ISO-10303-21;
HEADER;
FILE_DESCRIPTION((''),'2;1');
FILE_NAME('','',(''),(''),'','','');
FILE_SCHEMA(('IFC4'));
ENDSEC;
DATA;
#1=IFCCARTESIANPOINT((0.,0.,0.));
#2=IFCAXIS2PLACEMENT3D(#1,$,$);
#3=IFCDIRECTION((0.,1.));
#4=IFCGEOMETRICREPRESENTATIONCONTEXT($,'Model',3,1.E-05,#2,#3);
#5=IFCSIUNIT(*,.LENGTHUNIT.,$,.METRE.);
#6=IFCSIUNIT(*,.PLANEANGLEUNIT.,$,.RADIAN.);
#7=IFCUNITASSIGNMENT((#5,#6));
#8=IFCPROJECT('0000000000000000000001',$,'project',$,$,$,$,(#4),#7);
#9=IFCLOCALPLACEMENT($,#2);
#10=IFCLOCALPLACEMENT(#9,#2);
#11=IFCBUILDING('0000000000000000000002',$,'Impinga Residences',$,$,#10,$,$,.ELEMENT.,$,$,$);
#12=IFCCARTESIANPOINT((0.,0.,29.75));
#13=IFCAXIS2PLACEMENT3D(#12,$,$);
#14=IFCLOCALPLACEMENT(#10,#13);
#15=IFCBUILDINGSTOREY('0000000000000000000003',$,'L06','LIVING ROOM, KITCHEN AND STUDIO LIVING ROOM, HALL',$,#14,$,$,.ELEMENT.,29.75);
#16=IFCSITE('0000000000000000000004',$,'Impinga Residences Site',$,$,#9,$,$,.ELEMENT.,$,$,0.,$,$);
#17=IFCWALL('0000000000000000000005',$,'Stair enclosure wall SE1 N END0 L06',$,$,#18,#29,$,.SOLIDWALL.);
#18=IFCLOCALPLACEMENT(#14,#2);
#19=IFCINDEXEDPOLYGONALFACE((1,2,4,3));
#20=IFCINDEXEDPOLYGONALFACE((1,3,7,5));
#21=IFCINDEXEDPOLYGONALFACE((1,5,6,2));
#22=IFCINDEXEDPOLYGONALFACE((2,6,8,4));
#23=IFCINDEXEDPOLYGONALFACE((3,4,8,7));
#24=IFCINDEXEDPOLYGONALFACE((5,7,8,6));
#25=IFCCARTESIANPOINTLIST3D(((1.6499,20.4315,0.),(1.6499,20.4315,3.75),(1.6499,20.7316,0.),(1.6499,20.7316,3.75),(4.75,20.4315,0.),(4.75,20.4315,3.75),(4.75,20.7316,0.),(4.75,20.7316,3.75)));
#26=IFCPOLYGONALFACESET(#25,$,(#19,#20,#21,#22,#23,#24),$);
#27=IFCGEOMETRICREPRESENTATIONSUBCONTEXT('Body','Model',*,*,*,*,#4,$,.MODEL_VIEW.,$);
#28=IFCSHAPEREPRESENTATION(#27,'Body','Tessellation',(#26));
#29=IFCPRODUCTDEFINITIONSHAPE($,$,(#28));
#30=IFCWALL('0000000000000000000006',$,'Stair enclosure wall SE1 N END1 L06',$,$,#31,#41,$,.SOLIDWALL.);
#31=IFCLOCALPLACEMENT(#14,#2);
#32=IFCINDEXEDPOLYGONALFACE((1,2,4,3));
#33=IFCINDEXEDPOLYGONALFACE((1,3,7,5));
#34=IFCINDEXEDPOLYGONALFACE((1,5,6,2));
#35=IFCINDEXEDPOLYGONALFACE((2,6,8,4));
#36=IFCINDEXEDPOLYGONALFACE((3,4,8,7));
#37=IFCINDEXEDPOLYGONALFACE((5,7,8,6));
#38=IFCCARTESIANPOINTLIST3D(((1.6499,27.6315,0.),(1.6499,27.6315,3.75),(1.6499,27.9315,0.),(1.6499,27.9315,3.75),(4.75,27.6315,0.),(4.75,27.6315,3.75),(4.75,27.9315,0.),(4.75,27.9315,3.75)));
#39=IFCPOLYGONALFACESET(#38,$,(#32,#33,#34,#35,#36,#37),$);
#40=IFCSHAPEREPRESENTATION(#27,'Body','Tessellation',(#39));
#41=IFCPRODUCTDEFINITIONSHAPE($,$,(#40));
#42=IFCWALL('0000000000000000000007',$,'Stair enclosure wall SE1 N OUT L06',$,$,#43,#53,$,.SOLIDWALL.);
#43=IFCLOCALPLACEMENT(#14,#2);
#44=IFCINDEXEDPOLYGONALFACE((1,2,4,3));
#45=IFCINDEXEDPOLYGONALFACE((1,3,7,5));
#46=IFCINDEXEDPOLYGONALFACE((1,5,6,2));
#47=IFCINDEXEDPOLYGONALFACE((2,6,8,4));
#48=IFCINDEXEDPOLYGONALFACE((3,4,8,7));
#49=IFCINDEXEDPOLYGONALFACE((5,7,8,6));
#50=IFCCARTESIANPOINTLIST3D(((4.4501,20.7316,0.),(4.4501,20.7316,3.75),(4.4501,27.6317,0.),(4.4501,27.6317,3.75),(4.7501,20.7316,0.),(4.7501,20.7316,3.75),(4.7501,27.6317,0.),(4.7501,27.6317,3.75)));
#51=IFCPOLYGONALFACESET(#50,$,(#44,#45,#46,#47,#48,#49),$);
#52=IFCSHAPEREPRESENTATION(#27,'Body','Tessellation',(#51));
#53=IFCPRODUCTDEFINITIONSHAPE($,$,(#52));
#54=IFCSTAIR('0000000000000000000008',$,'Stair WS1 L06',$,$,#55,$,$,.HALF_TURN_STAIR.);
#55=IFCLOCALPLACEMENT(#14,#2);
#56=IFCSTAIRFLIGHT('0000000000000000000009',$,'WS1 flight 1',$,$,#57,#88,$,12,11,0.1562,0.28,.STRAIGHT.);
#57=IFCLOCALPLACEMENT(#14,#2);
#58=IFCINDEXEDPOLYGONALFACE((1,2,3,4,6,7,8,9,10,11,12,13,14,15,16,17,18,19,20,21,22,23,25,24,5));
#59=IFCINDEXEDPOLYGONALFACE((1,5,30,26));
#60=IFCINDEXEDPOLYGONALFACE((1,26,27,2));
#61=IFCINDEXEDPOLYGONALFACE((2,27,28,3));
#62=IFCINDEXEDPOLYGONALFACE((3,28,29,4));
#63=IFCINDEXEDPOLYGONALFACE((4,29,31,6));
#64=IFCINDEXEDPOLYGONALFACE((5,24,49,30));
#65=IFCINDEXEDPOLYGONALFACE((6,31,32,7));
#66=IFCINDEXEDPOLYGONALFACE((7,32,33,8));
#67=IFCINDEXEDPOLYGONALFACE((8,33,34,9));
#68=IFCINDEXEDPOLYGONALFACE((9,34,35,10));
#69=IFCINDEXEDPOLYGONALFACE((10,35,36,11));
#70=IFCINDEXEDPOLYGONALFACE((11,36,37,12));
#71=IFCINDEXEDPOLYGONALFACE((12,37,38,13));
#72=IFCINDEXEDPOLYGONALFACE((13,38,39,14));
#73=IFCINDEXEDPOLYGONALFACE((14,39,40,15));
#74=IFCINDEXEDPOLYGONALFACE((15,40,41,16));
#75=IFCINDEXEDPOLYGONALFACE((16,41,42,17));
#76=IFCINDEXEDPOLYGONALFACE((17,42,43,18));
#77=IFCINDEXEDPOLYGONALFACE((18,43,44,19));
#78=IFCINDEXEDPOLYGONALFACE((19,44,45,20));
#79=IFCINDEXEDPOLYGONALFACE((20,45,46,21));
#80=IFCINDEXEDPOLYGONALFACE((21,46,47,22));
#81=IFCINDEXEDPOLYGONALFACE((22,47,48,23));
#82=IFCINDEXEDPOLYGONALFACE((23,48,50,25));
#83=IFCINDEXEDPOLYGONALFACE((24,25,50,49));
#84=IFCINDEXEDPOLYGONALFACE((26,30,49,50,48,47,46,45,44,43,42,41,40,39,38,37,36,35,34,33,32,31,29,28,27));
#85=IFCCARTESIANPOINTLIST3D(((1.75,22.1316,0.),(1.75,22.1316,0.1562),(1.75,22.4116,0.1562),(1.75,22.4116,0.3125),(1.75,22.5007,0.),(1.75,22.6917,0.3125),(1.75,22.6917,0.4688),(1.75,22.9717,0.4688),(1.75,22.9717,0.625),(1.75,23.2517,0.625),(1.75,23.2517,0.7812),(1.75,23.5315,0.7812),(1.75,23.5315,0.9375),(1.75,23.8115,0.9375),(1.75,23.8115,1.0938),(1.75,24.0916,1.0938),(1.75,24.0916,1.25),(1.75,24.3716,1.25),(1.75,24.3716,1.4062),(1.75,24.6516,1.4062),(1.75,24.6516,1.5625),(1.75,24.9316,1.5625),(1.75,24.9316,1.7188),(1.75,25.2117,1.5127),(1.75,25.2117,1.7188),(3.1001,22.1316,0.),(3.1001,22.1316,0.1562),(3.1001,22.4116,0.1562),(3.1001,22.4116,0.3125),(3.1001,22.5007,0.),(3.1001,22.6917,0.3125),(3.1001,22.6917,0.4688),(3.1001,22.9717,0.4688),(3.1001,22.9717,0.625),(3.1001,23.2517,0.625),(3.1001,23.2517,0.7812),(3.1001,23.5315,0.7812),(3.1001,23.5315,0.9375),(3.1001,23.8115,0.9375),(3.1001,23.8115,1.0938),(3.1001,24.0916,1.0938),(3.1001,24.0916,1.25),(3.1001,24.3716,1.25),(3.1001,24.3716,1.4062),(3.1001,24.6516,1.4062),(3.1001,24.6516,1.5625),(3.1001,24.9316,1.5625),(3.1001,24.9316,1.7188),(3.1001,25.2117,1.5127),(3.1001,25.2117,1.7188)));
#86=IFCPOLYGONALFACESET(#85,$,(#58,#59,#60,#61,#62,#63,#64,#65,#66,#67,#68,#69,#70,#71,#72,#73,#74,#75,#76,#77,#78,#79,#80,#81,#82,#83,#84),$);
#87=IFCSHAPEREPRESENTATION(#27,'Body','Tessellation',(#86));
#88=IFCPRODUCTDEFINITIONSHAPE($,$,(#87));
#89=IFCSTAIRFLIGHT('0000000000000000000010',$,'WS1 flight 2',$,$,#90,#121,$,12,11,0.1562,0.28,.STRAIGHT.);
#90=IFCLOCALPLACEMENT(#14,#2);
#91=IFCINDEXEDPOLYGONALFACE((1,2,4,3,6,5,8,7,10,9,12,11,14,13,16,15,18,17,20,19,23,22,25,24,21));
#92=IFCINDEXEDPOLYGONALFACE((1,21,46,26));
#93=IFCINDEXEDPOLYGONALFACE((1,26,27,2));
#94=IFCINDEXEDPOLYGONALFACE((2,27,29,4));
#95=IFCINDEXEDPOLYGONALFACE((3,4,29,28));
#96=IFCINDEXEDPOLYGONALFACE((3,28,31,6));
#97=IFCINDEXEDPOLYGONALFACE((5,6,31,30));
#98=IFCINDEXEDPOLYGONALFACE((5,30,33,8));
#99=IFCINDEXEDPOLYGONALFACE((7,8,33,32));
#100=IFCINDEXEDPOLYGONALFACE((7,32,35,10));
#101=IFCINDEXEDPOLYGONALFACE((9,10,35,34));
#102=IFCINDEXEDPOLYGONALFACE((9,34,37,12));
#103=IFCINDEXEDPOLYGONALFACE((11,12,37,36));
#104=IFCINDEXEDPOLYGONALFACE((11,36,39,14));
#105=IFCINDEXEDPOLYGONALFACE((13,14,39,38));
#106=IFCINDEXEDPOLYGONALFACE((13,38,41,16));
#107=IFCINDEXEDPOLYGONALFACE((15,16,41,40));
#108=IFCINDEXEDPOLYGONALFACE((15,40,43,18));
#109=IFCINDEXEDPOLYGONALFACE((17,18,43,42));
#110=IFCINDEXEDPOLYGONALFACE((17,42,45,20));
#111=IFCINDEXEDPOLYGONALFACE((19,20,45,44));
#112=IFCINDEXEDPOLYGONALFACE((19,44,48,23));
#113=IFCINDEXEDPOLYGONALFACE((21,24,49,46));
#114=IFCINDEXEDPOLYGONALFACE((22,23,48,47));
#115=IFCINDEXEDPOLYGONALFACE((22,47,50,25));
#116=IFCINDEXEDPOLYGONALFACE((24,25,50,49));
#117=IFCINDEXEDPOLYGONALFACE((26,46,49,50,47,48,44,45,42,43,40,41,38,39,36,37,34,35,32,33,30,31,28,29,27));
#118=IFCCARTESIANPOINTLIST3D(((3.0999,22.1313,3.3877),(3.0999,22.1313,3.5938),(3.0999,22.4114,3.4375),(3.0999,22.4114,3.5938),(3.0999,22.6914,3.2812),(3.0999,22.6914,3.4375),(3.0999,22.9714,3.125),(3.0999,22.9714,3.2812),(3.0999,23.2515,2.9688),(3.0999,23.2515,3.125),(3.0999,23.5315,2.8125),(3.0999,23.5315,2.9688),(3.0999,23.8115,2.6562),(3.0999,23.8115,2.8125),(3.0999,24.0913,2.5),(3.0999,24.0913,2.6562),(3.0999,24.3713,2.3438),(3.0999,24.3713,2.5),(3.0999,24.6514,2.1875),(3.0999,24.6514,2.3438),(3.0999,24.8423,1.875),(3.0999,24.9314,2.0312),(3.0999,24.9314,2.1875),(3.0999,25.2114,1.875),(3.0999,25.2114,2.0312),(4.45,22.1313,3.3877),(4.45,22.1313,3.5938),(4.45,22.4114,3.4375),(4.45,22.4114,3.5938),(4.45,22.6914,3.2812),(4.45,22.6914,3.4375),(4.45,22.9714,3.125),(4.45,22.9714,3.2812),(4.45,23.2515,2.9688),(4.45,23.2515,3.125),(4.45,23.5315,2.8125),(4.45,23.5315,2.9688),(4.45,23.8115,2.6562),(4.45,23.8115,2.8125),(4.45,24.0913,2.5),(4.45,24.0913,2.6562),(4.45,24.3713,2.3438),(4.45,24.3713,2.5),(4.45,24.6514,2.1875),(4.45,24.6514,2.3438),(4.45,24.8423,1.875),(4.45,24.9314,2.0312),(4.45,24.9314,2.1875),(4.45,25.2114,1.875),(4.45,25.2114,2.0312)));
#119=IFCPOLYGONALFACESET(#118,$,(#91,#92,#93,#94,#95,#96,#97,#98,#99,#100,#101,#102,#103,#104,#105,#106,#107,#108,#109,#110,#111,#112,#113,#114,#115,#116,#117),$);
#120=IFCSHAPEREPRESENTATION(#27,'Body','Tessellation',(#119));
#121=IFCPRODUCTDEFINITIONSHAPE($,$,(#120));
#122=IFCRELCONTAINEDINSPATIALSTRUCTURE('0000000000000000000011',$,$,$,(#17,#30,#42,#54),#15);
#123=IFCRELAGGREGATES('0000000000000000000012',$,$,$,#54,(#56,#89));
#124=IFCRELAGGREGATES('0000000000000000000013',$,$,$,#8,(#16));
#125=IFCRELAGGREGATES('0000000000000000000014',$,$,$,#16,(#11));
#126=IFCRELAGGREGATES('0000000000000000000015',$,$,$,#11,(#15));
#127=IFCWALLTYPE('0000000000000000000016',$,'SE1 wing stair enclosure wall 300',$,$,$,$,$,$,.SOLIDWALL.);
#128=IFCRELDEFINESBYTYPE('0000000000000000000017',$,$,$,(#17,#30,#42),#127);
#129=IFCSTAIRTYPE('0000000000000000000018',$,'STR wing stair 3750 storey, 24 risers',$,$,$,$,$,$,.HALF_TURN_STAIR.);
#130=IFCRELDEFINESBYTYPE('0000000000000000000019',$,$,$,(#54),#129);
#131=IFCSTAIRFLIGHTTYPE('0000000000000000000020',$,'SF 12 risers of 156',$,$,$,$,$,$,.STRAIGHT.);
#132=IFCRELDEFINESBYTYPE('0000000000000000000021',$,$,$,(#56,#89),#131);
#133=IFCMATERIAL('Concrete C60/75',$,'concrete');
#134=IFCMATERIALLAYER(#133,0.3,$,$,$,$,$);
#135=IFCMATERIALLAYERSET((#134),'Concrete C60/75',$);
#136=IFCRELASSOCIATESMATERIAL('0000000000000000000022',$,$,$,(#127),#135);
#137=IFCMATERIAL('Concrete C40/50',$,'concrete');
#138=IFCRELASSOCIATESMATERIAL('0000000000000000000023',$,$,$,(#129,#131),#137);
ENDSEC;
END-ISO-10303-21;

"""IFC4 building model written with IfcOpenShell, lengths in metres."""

from ifc_helpers import new_model, si_unit, direction, frame, frame_2d, origin, place, context, subcontext, project, spatial, polyline, rectangle, outline, extrude, material, layer, layer_set, type_object, element, aggregate, save


model = new_model("IFC4")

# Units and contexts
model_context = context("Model", 3, precision=1e-05, world=origin(), true_north=direction((0.0, 1.0)))
body_context = subcontext(model_context, "Body", "Model", "MODEL_VIEW")
ifc_project = project(units=[si_unit("LENGTHUNIT", "METRE"), si_unit("PLANEANGLEUNIT", "RADIAN")], contexts=[model_context])

# Site, building, storey
site_placement = place(None, origin())
site = spatial("IfcSite", under=ifc_project, at=site_placement, Name="Impinga Residences Site", CompositionType="ELEMENT", RefElevation=0.0)
building_placement = place(site_placement, origin())
building = spatial("IfcBuilding", under=site, at=building_placement, Name="Impinga Residences", CompositionType="ELEMENT")
storey_placement = place(building_placement, frame((0.0, 0.0, 29.75)))
storey = spatial("IfcBuildingStorey", under=building, at=storey_placement, Name="L06", Description="LIVING ROOM, KITCHEN AND STUDIO LIVING ROOM, HALL", CompositionType="ELEMENT", Elevation=29.75)

# Shared definitions
ifc_material_1 = material(Name="Concrete C60/75", Category="concrete")

# Walls
ifc_layer_1 = layer(ifc_material_1, 0.3)
ifc_layer_set_1 = layer_set([ifc_layer_1], Name="Concrete C60/75")
wall_type_1 = type_object("IfcWallType", Name="SE1 wing stair enclosure wall 300", PredefinedType="SOLIDWALL", material=ifc_layer_set_1)
for number, where, z_axis, x_axis, name in (
    (1, (1.6499, 20.5815, 0.0), (0.0, 0.0, 1.0), (1.0, 0.0, 0.0), "Stair enclosure wall SE1 N END0 L06"),
    (2, (1.6499, 27.7815, 0.0), (0.0, 0.0, 1.0), (1.0, 0.0, 0.0), "Stair enclosure wall SE1 N END1 L06"),
):
    element("IfcWall", number, at=place(storey_placement, frame(where, z_axis=z_axis, x_axis=x_axis)), inside=storey, type_object=wall_type_1, Name=name, PredefinedType="SOLIDWALL", context=body_context, shape_type="SweptSolid", body=[
        extrude(rectangle(XDim=3.1001, YDim=0.3, at=frame_2d((1.55, 0.0))), origin(), (0.0, 0.0, 1.0), 3.75),
    ])
wall_1_placement = place(storey_placement, frame((4.6001, 20.7314, 0.0), z_axis=(0.0, 0.0, 1.0), x_axis=(0.0, 1.0, 0.0)))
element("IfcWall", 3, at=wall_1_placement, inside=storey, type_object=wall_type_1, Name="Stair enclosure wall SE1 N OUT L06", PredefinedType="SOLIDWALL", context=body_context, shape_type="SweptSolid", body=[
    extrude(rectangle(XDim=6.9001, YDim=0.3, at=frame_2d((3.4502, 0.0))), origin(), (0.0, 0.0, 1.0), 3.75),
])

# Stair, stair flights
ifc_material_2 = material(Name="Concrete C40/50", Category="concrete")
stair_type = type_object("IfcStairType", Name="STR wing stair 3750 storey, 24 risers", PredefinedType="HALF_TURN_STAIR", material=ifc_material_2)
stair_placement = place(storey_placement, origin())
stair = element("IfcStair", 4, at=stair_placement, inside=storey, type_object=stair_type, Name="Stair WS1 L06", PredefinedType="HALF_TURN_STAIR")
stair_flight_type = type_object("IfcStairFlightType", Name="SF 12 risers of 156", PredefinedType="STRAIGHT", material=ifc_material_2)
stair_flight_1_placement = place(storey_placement, frame((2.425, 22.1316, 0.0), z_axis=(0.0, 0.0, 1.0), x_axis=(0.0, 1.0, 0.0)))
stair_flight_1 = element("IfcStairFlight", 5, at=stair_flight_1_placement, type_object=stair_flight_type, Name="WS1 flight 1", NumberOfRisers=12, NumberOfTreads=11, PredefinedType="STRAIGHT", RiserHeight=0.1562, TreadLength=0.28, context=body_context, shape_type="SweptSolid", body=[
    extrude(outline(polyline([(0.0, 0.0), (0.0, 0.1562), (0.28, 0.1562), (0.28, 0.3125), (0.5601, 0.3125), (0.5601, 0.4688), (0.8401, 0.4688), (0.8401, 0.625), (1.1201, 0.625), (1.1201, 0.7812), (1.3999, 0.7812), (1.3999, 0.9375), (1.6799, 0.9375), (1.6799, 1.0938), (1.96, 1.0938), (1.96, 1.25), (2.24, 1.25), (2.24, 1.4062), (2.52, 1.4062), (2.52, 1.5625), (2.8, 1.5625), (2.8, 1.7188), (3.0801, 1.7188), (3.0801, 1.875), (3.0801, 1.5127), (0.3691, 0.0), (0.0, 0.0)])), frame((0.0, 0.675, 0.0), z_axis=(0.0, -1.0, 0.0), x_axis=(1.0, 0.0, 0.0)), (0.0, 0.0, 1.0), 1.3501),
])
stair_flight_2_placement = place(storey_placement, frame((3.7749, 25.2114, 1.875), z_axis=(0.0, 0.0, 1.0), x_axis=(0.0, -1.0, 0.0)))
stair_flight_2 = element("IfcStairFlight", 6, at=stair_flight_2_placement, type_object=stair_flight_type, Name="WS1 flight 2", NumberOfRisers=12, NumberOfTreads=11, PredefinedType="STRAIGHT", RiserHeight=0.1562, TreadLength=0.28, context=body_context, shape_type="SweptSolid", body=[
    extrude(outline(polyline([(0.0, 0.0), (0.0, 0.1562), (0.28, 0.1562), (0.28, 0.3125), (0.5601, 0.3125), (0.5601, 0.4688), (0.8401, 0.4688), (0.8401, 0.625), (1.1201, 0.625), (1.1201, 0.7812), (1.3999, 0.7812), (1.3999, 0.9375), (1.6799, 0.9375), (1.6799, 1.0938), (1.96, 1.0938), (1.96, 1.25), (2.24, 1.25), (2.24, 1.4062), (2.52, 1.4062), (2.52, 1.5625), (2.8, 1.5625), (2.8, 1.7188), (3.0801, 1.7188), (3.0801, 1.875), (3.0801, 1.5127), (0.3691, 0.0), (0.0, 0.0)])), frame((0.0, 0.675, 0.0), z_axis=(0.0, -1.0, 0.0), x_axis=(1.0, 0.0, 0.0)), (0.0, 0.0, 1.0), 1.3501),
])
aggregate(stair, [stair_flight_1, stair_flight_2])

save(model, "model.ifc")
